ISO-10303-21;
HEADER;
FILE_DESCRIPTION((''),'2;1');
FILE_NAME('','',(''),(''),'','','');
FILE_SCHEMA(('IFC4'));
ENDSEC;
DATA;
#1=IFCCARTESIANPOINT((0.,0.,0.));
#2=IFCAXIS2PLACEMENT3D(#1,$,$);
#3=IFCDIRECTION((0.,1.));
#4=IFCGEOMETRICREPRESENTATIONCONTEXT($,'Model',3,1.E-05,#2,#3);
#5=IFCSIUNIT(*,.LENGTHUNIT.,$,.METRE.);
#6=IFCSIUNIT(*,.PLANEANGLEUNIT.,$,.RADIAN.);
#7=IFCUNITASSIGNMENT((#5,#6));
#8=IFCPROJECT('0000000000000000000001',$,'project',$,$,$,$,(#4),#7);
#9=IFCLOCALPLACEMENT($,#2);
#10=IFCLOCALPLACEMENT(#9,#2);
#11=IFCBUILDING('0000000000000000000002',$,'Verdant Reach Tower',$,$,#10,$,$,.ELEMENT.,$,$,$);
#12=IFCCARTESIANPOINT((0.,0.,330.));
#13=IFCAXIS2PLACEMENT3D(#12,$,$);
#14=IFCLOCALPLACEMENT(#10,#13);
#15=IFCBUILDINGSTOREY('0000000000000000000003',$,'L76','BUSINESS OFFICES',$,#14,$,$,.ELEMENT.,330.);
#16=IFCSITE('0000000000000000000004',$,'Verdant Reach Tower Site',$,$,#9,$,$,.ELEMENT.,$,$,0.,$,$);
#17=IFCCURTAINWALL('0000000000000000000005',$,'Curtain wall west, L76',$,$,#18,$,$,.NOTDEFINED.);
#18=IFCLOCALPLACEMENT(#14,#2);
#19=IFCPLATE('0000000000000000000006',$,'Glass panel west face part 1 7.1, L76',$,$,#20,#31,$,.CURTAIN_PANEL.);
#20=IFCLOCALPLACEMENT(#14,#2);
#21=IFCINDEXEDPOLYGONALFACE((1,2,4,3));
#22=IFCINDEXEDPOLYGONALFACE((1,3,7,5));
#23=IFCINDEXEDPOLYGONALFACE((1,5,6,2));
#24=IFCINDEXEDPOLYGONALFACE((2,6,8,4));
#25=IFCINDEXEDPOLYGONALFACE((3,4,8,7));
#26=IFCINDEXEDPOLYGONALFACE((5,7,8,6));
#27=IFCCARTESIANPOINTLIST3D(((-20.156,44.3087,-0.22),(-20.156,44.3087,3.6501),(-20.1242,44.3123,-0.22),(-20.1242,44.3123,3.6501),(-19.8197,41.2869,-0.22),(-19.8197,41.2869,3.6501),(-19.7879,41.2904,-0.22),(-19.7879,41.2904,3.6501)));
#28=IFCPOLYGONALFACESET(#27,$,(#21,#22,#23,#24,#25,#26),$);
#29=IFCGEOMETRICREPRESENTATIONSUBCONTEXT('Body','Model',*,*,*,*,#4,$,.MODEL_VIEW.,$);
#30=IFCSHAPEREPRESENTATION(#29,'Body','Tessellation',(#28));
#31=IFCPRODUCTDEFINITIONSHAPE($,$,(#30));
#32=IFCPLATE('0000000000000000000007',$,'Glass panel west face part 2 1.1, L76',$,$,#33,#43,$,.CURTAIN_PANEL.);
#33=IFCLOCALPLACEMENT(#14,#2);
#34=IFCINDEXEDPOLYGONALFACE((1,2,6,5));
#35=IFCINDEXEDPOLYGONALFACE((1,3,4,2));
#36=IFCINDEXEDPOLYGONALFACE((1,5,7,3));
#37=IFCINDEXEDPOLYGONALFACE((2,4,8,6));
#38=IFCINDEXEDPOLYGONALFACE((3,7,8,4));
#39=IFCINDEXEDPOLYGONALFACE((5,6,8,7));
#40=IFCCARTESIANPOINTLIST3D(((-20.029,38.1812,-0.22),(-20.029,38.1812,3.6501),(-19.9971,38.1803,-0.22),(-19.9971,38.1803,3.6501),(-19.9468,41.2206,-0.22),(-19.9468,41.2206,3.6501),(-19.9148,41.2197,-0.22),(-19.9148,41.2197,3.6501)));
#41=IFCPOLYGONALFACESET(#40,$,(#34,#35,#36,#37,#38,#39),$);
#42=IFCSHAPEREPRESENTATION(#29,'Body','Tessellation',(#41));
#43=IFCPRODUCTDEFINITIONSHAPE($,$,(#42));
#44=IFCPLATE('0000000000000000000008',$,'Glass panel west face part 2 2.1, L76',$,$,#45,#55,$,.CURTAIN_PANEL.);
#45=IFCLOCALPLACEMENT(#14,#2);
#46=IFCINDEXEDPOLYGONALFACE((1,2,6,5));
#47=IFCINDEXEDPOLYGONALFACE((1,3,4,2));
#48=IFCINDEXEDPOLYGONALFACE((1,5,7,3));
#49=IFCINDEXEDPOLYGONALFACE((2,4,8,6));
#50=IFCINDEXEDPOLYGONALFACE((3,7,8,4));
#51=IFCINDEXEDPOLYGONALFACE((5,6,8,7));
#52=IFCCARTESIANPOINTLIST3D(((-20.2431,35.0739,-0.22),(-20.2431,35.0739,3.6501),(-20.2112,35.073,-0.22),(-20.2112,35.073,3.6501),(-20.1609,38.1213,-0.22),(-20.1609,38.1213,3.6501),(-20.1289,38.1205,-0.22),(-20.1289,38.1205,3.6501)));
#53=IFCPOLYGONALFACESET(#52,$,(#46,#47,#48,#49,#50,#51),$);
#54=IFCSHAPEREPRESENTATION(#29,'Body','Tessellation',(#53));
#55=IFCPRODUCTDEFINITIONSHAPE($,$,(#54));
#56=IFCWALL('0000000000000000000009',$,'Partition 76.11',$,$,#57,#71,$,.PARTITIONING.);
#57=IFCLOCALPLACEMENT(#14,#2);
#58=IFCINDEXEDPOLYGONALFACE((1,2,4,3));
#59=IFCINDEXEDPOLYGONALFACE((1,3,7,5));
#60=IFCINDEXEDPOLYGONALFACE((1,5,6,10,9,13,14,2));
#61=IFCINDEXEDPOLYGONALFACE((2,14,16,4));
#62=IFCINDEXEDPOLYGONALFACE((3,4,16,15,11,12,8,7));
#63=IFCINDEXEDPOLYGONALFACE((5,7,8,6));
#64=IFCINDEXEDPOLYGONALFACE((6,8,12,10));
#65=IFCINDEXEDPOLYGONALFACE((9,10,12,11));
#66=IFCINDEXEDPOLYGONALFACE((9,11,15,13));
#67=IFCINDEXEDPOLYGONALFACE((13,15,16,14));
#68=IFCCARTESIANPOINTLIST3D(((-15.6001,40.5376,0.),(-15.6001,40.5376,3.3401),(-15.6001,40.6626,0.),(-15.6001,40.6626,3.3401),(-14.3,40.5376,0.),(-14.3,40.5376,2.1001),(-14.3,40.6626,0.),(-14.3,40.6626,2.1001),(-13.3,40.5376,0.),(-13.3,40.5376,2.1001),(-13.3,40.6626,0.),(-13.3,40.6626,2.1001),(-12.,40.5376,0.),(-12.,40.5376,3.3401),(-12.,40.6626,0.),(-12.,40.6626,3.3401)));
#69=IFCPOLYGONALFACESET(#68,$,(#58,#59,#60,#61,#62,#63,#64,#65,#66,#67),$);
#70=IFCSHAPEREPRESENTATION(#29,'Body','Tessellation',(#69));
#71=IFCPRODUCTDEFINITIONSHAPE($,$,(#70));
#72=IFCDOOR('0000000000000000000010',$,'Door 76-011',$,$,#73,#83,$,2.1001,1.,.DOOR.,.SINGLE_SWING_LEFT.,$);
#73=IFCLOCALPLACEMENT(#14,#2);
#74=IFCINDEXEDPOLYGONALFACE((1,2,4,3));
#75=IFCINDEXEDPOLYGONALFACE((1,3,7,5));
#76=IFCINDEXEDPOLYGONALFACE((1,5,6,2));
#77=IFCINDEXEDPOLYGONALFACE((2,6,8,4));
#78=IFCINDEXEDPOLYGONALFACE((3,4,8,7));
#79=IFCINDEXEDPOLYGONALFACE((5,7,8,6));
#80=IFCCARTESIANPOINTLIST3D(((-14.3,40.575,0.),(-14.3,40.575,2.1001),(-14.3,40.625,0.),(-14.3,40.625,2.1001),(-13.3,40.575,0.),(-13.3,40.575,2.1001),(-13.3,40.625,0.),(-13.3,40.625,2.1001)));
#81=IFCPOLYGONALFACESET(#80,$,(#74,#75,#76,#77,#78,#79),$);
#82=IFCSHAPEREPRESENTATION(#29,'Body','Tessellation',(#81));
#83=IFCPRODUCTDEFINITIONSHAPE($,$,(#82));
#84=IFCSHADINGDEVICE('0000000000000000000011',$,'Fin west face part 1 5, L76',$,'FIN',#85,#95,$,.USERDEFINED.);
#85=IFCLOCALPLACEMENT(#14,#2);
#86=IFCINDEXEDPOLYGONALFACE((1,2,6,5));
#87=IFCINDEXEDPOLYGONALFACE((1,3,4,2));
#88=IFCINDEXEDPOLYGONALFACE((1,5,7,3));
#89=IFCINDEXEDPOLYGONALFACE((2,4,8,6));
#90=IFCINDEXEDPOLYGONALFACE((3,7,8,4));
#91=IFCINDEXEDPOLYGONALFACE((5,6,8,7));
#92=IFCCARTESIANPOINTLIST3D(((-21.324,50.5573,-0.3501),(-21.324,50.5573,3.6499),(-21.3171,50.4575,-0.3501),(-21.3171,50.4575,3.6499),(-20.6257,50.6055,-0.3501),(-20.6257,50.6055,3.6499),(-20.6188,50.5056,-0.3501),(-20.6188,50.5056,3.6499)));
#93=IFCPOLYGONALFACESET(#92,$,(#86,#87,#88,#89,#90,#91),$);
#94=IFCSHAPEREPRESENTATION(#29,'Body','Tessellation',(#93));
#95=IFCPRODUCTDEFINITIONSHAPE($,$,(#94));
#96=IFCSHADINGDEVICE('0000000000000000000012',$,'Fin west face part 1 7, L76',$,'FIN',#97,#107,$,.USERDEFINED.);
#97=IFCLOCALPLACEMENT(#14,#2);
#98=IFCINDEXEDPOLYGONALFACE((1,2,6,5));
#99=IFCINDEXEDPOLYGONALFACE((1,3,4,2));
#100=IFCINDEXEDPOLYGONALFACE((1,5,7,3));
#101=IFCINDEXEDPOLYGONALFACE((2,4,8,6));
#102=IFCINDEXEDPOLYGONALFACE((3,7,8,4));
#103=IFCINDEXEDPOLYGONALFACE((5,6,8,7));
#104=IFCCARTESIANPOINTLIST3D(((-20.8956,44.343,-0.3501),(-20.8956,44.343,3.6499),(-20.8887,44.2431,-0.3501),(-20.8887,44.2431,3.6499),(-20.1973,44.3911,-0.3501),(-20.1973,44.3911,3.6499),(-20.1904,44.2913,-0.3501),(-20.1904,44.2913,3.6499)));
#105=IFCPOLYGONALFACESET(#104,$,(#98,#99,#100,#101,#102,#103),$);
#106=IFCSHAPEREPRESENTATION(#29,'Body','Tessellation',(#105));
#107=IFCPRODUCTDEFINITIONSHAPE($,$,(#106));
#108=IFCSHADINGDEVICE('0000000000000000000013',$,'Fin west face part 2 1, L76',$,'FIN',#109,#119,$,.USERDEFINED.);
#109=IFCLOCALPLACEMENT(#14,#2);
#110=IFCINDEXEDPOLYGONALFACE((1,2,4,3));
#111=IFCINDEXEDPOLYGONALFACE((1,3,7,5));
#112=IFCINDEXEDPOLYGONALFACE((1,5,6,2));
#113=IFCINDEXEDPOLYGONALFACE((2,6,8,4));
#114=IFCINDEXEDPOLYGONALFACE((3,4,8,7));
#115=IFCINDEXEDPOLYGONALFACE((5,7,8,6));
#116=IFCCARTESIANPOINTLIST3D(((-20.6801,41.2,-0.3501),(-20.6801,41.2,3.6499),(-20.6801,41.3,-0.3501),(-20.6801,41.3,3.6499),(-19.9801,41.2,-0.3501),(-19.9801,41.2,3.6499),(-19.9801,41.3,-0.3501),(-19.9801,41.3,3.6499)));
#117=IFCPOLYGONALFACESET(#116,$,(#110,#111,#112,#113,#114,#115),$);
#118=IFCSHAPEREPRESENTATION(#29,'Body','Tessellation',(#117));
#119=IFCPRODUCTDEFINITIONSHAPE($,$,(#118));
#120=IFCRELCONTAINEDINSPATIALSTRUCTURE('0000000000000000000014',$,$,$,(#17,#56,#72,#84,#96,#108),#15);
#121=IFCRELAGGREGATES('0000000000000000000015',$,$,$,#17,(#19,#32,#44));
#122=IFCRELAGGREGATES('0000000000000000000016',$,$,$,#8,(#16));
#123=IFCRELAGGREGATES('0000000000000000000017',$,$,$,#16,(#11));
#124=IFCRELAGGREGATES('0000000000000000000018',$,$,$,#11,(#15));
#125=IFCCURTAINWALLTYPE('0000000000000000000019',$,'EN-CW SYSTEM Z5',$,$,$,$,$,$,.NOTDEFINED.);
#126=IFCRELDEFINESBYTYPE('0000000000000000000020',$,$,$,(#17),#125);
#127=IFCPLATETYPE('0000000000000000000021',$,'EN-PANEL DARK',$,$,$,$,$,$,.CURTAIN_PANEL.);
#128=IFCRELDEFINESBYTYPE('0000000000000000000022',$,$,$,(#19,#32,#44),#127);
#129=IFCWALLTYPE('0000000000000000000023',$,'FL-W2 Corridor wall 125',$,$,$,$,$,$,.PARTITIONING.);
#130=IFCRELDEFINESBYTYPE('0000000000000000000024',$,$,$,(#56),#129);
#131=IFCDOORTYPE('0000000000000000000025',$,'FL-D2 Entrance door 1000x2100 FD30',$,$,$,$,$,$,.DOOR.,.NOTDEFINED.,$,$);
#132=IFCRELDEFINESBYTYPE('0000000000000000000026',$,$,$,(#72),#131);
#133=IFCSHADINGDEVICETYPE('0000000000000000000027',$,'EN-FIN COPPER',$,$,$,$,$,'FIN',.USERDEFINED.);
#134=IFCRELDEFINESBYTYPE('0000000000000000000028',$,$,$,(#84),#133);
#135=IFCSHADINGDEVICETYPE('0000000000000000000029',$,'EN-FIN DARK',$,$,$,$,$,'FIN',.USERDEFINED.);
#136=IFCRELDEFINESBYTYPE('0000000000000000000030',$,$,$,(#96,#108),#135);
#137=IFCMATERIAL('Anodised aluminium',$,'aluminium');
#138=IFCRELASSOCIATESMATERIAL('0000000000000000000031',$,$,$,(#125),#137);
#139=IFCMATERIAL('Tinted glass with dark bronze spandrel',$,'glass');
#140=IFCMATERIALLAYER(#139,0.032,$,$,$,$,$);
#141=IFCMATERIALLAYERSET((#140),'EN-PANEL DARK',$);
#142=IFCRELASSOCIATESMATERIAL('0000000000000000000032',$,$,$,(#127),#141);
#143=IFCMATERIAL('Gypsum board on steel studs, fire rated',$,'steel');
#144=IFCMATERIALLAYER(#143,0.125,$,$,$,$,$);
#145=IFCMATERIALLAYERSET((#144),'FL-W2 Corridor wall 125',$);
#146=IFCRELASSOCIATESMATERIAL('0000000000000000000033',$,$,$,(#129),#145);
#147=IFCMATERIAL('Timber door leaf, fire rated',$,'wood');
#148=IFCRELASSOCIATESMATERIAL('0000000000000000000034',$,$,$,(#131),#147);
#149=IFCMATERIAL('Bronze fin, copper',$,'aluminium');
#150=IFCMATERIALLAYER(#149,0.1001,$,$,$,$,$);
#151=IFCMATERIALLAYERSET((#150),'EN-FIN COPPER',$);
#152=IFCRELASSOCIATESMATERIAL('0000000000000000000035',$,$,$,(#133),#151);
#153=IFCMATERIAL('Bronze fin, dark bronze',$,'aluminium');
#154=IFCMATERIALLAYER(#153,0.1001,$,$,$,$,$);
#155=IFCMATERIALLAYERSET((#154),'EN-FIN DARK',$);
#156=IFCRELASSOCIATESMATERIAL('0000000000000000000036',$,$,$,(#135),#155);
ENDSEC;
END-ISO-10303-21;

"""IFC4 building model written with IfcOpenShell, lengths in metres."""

from ifc_helpers import new_model, si_unit, direction, frame, frame_2d, origin, origin_2d, place, context, subcontext, project, spatial, rectangle, extrude, material, layer, layer_set, type_object, element, fill, aggregate, save


model = new_model("IFC4")

# Units and contexts
model_context = context("Model", 3, precision=1e-05, world=origin(), true_north=direction((0.0, 1.0)))
body_context = subcontext(model_context, "Body", "Model", "MODEL_VIEW")
ifc_project = project(units=[si_unit("LENGTHUNIT", "METRE"), si_unit("PLANEANGLEUNIT", "RADIAN")], contexts=[model_context])

# Site, building, storey
site_placement = place(None, origin())
site = spatial("IfcSite", under=ifc_project, at=site_placement, Name="Verdant Reach Tower Site", CompositionType="ELEMENT", RefElevation=0.0)
building_placement = place(site_placement, origin())
building = spatial("IfcBuilding", under=site, at=building_placement, Name="Verdant Reach Tower", CompositionType="ELEMENT")
storey_placement = place(building_placement, frame((0.0, 0.0, 330.0)))
storey = spatial("IfcBuildingStorey", under=building, at=storey_placement, Name="L76", Description="BUSINESS OFFICES", CompositionType="ELEMENT", Elevation=330.0)

# Curtain wall
ifc_material_1 = material(Name="Anodised aluminium", Category="aluminium")
curtain_wall_type = type_object("IfcCurtainWallType", Name="EN-CW SYSTEM Z5", PredefinedType="NOTDEFINED", material=ifc_material_1)
curtain_wall_placement = place(storey_placement, origin())
curtain_wall = element("IfcCurtainWall", 1, at=curtain_wall_placement, inside=storey, type_object=curtain_wall_type, Name="Curtain wall west, L76", PredefinedType="NOTDEFINED")

# Plates
ifc_material_2 = material(Name="Tinted glass with dark bronze spandrel", Category="glass")
ifc_layer_1 = layer(ifc_material_2, 0.032)
ifc_layer_set_1 = layer_set([ifc_layer_1], Name="EN-PANEL DARK")
plate_type_1 = type_object("IfcPlateType", Name="EN-PANEL DARK", PredefinedType="CURTAIN_PANEL", material=ifc_layer_set_1)
plate_1_placement = place(storey_placement, frame((-19.9719, 42.7996, -0.22), z_axis=(0.0, 0.0, 1.0), x_axis=(0.110605, -0.993864, 0.0)))
plate_1 = element("IfcPlate", 2, at=plate_1_placement, type_object=plate_type_1, Name="Glass panel west face part 1 7.1, L76", PredefinedType="CURTAIN_PANEL", context=body_context, shape_type="SweptSolid", body=[
    extrude(rectangle(XDim=3.0405, YDim=0.032, at=origin_2d()), origin(), (0.0, 0.0, 1.0), 3.8701),
])
plate_2_placement = place(storey_placement, frame((-19.9719, 39.7004, -0.22), z_axis=(0.0, 0.0, 1.0), x_axis=(-0.027053, -0.999634, 0.0)))
plate_2 = element("IfcPlate", 3, at=plate_2_placement, type_object=plate_type_1, Name="Glass panel west face part 2 1.1, L76", PredefinedType="CURTAIN_PANEL", context=body_context, shape_type="SweptSolid", body=[
    extrude(rectangle(XDim=3.0405, YDim=0.032, at=origin_2d()), origin(), (0.0, 0.0, 1.0), 3.8701),
])
plate_3_placement = place(storey_placement, frame((-20.186, 36.5972, -0.22), z_axis=(0.0, 0.0, 1.0), x_axis=(-0.026965, -0.999636, 0.0)))
plate_3 = element("IfcPlate", 4, at=plate_3_placement, type_object=plate_type_1, Name="Glass panel west face part 2 2.1, L76", PredefinedType="CURTAIN_PANEL", context=body_context, shape_type="SweptSolid", body=[
    extrude(rectangle(XDim=3.0486, YDim=0.032, at=origin_2d()), origin(), (0.0, 0.0, 1.0), 3.8701),
])
aggregate(curtain_wall, [plate_1, plate_2, plate_3])

# Wall, opening, door
ifc_material_3 = material(Name="Gypsum board on steel studs, fire rated", Category="steel")
ifc_layer_2 = layer(ifc_material_3, 0.125)
ifc_layer_set_2 = layer_set([ifc_layer_2], Name="FL-W2 Corridor wall 125")
wall_type = type_object("IfcWallType", Name="FL-W2 Corridor wall 125", PredefinedType="PARTITIONING", material=ifc_layer_set_2)
wall_placement = place(storey_placement, frame((-15.6001, 40.6001, 0.0), z_axis=(0.0, 0.0, 1.0), x_axis=(1.0, 0.0, 0.0)))
wall = element("IfcWall", 5, at=wall_placement, inside=storey, type_object=wall_type, Name="Partition 76.11", PredefinedType="PARTITIONING", context=body_context, shape_type="SweptSolid", body=[
    extrude(rectangle(XDim=3.6001, YDim=0.125, at=frame_2d((1.8, 0.0))), origin(), (0.0, 0.0, 1.0), 3.3401),
])
opening_placement = place(wall_placement, frame((1.3, 0.0, 0.0)))
opening = element("IfcOpeningElement", 6, at=opening_placement, cuts=wall, PredefinedType="OPENING", context=body_context, shape_type="SweptSolid", body=[
    extrude(rectangle(XDim=1.0, YDim=2.1001, at=frame_2d((0.5, 1.05))), frame((0.0, 0.0725, 0.0), z_axis=(0.0, -1.0, 0.0), x_axis=(1.0, 0.0, 0.0)), (0.0, 0.0, 1.0), 0.145),
])
ifc_material_4 = material(Name="Timber door leaf, fire rated", Category="wood")
door_type = type_object("IfcDoorType", Name="FL-D2 Entrance door 1000x2100 FD30", OperationType="NOTDEFINED", PredefinedType="DOOR", material=ifc_material_4)
door_placement = place(opening_placement, origin())
door = element("IfcDoor", 7, at=door_placement, inside=storey, type_object=door_type, Name="Door 76-011", OperationType="SINGLE_SWING_LEFT", OverallHeight=2.1001, OverallWidth=1.0, PredefinedType="DOOR", context=body_context, shape_type="SweptSolid", body=[
    extrude(rectangle(XDim=1.0, YDim=2.1001, at=frame_2d((0.5, 1.05))), frame((0.0, 0.0249, 0.0), z_axis=(0.0, -1.0, 0.0), x_axis=(1.0, 0.0, 0.0)), (0.0, 0.0, 1.0), 0.05),
])
fill(opening, door)

# Shading devices
ifc_material_5 = material(Name="Bronze fin, copper", Category="aluminium")
ifc_layer_3 = layer(ifc_material_5, 0.1001)
ifc_layer_set_3 = layer_set([ifc_layer_3], Name="EN-FIN COPPER")
shading_device_type_1 = type_object("IfcShadingDeviceType", Name="EN-FIN COPPER", ElementType="FIN", PredefinedType="USERDEFINED", material=ifc_layer_set_3)
shading_device_placement = place(storey_placement, frame((-20.9714, 50.5315, -0.3501), z_axis=(0.0, 0.0, 1.0), x_axis=(0.068802, -0.99763, 0.0)))
element("IfcShadingDevice", 8, at=shading_device_placement, inside=storey, type_object=shading_device_type_1, Name="Fin west face part 1 5, L76", ObjectType="FIN", PredefinedType="USERDEFINED", context=body_context, shape_type="SweptSolid", body=[
    extrude(rectangle(XDim=0.1001, YDim=0.7, at=origin_2d()), origin(), (0.0, 0.0, 1.0), 4.0),
])
ifc_material_6 = material(Name="Bronze fin, dark bronze", Category="aluminium")
ifc_layer_4 = layer(ifc_material_6, 0.1001)
ifc_layer_set_4 = layer_set([ifc_layer_4], Name="EN-FIN DARK")
shading_device_type_2 = type_object("IfcShadingDeviceType", Name="EN-FIN DARK", ElementType="FIN", PredefinedType="USERDEFINED", material=ifc_layer_set_4)
for number, where, z_axis, x_axis, name in (
    (9, (-20.543, 44.3171, -0.3501), (0.0, 0.0, 1.0), (0.068802, -0.99763, 0.0), "Fin west face part 1 7, L76"),
    (10, (-20.3301, 41.25, -0.3501), (0.0, 0.0, 1.0), (0.0, -1.0, 0.0), "Fin west face part 2 1, L76"),
):
    element("IfcShadingDevice", number, at=place(storey_placement, frame(where, z_axis=z_axis, x_axis=x_axis)), inside=storey, type_object=shading_device_type_2, Name=name, ObjectType="FIN", PredefinedType="USERDEFINED", context=body_context, shape_type="SweptSolid", body=[
        extrude(rectangle(XDim=0.1001, YDim=0.7, at=origin_2d()), origin(), (0.0, 0.0, 1.0), 4.0),
    ])

save(model, "model.ifc")
